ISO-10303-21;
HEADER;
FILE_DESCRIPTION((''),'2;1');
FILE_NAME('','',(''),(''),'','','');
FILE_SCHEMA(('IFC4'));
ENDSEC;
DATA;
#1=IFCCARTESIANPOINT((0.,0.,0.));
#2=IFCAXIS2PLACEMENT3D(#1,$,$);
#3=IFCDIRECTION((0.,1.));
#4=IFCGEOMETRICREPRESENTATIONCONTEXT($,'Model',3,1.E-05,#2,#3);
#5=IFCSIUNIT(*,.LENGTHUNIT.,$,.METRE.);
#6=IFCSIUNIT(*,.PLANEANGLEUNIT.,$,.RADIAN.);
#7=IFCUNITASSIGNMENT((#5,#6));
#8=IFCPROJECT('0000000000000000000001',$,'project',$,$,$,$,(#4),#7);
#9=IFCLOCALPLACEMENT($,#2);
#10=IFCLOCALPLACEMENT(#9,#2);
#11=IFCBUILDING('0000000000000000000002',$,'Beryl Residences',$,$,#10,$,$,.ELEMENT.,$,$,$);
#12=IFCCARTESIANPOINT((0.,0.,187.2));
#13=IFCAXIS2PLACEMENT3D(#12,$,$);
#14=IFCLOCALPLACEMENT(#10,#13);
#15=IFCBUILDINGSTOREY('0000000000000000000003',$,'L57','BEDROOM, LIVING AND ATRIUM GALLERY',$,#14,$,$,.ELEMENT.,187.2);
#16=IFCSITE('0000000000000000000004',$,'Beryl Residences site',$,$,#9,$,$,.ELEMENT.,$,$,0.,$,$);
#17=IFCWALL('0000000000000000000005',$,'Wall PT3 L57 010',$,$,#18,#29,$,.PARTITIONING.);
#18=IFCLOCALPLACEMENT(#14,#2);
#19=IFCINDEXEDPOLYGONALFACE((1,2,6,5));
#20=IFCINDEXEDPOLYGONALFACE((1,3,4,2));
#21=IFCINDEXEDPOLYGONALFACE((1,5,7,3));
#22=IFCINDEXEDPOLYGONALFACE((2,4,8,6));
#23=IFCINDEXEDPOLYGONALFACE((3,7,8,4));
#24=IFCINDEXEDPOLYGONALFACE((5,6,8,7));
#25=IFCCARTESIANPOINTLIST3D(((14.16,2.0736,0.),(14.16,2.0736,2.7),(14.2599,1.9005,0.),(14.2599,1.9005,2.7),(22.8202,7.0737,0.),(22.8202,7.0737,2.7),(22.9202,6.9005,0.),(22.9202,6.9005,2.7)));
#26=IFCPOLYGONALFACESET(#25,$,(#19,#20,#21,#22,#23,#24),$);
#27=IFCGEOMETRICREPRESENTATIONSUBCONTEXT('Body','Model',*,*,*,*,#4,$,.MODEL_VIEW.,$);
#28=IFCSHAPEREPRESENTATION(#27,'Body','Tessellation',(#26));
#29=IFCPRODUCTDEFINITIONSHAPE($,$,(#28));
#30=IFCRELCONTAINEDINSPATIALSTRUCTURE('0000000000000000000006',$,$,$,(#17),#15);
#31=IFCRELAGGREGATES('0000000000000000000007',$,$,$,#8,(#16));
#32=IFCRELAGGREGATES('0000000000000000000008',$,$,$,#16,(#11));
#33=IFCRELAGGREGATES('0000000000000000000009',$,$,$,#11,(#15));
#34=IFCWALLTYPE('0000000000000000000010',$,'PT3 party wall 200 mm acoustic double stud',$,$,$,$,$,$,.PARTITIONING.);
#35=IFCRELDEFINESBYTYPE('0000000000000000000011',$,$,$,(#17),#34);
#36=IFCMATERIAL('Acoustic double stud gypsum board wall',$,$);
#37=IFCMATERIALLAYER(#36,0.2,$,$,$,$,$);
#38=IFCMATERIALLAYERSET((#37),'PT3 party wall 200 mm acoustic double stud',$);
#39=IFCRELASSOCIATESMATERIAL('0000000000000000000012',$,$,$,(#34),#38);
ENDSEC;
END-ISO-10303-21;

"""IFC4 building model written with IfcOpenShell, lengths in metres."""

from ifc_helpers import new_model, si_unit, direction, frame, frame_2d, origin, place, context, subcontext, project, spatial, rectangle, extrude, material, layer, layer_set, type_object, element, save


model = new_model("IFC4")

# Units and contexts
model_context = context("Model", 3, precision=1e-05, world=origin(), true_north=direction((0.0, 1.0)))
body_context = subcontext(model_context, "Body", "Model", "MODEL_VIEW")
ifc_project = project(units=[si_unit("LENGTHUNIT", "METRE"), si_unit("PLANEANGLEUNIT", "RADIAN")], contexts=[model_context])

# Site, building, storey
site_placement = place(None, origin())
site = spatial("IfcSite", under=ifc_project, at=site_placement, Name="Beryl Residences site", CompositionType="ELEMENT", RefElevation=0.0)
building_placement = place(site_placement, origin())
building = spatial("IfcBuilding", under=site, at=building_placement, Name="Beryl Residences", CompositionType="ELEMENT")
storey_placement = place(building_placement, frame((0.0, 0.0, 187.2)))
storey = spatial("IfcBuildingStorey", under=building, at=storey_placement, Name="L57", Description="BEDROOM, LIVING AND ATRIUM GALLERY", CompositionType="ELEMENT", Elevation=187.2)

# Wall
ifc_material_1 = material(Name="Acoustic double stud gypsum board wall")
ifc_layer_1 = layer(ifc_material_1, 0.2)
ifc_layer_set_1 = layer_set([ifc_layer_1], Name="PT3 party wall 200 mm acoustic double stud")
wall_type_1 = type_object("IfcWallType", Name="PT3 party wall 200 mm acoustic double stud", PredefinedType="PARTITIONING", material=ifc_layer_set_1)
wall_1_placement = place(storey_placement, frame((14.21, 1.9871, 0.0), z_axis=(0.0, 0.0, 1.0), x_axis=(0.866023, 0.500004, 0.0)))
element("IfcWall", 1, at=wall_1_placement, inside=storey, type_object=wall_type_1, Name="Wall PT3 L57 010", PredefinedType="PARTITIONING", context=body_context, shape_type="SweptSolid", body=[
    extrude(rectangle(XDim=10.0, YDim=0.2, at=frame_2d((5.0, 0.0))), origin(), (0.0, 0.0, 1.0), 2.7),
])

save(model, "model.ifc")
